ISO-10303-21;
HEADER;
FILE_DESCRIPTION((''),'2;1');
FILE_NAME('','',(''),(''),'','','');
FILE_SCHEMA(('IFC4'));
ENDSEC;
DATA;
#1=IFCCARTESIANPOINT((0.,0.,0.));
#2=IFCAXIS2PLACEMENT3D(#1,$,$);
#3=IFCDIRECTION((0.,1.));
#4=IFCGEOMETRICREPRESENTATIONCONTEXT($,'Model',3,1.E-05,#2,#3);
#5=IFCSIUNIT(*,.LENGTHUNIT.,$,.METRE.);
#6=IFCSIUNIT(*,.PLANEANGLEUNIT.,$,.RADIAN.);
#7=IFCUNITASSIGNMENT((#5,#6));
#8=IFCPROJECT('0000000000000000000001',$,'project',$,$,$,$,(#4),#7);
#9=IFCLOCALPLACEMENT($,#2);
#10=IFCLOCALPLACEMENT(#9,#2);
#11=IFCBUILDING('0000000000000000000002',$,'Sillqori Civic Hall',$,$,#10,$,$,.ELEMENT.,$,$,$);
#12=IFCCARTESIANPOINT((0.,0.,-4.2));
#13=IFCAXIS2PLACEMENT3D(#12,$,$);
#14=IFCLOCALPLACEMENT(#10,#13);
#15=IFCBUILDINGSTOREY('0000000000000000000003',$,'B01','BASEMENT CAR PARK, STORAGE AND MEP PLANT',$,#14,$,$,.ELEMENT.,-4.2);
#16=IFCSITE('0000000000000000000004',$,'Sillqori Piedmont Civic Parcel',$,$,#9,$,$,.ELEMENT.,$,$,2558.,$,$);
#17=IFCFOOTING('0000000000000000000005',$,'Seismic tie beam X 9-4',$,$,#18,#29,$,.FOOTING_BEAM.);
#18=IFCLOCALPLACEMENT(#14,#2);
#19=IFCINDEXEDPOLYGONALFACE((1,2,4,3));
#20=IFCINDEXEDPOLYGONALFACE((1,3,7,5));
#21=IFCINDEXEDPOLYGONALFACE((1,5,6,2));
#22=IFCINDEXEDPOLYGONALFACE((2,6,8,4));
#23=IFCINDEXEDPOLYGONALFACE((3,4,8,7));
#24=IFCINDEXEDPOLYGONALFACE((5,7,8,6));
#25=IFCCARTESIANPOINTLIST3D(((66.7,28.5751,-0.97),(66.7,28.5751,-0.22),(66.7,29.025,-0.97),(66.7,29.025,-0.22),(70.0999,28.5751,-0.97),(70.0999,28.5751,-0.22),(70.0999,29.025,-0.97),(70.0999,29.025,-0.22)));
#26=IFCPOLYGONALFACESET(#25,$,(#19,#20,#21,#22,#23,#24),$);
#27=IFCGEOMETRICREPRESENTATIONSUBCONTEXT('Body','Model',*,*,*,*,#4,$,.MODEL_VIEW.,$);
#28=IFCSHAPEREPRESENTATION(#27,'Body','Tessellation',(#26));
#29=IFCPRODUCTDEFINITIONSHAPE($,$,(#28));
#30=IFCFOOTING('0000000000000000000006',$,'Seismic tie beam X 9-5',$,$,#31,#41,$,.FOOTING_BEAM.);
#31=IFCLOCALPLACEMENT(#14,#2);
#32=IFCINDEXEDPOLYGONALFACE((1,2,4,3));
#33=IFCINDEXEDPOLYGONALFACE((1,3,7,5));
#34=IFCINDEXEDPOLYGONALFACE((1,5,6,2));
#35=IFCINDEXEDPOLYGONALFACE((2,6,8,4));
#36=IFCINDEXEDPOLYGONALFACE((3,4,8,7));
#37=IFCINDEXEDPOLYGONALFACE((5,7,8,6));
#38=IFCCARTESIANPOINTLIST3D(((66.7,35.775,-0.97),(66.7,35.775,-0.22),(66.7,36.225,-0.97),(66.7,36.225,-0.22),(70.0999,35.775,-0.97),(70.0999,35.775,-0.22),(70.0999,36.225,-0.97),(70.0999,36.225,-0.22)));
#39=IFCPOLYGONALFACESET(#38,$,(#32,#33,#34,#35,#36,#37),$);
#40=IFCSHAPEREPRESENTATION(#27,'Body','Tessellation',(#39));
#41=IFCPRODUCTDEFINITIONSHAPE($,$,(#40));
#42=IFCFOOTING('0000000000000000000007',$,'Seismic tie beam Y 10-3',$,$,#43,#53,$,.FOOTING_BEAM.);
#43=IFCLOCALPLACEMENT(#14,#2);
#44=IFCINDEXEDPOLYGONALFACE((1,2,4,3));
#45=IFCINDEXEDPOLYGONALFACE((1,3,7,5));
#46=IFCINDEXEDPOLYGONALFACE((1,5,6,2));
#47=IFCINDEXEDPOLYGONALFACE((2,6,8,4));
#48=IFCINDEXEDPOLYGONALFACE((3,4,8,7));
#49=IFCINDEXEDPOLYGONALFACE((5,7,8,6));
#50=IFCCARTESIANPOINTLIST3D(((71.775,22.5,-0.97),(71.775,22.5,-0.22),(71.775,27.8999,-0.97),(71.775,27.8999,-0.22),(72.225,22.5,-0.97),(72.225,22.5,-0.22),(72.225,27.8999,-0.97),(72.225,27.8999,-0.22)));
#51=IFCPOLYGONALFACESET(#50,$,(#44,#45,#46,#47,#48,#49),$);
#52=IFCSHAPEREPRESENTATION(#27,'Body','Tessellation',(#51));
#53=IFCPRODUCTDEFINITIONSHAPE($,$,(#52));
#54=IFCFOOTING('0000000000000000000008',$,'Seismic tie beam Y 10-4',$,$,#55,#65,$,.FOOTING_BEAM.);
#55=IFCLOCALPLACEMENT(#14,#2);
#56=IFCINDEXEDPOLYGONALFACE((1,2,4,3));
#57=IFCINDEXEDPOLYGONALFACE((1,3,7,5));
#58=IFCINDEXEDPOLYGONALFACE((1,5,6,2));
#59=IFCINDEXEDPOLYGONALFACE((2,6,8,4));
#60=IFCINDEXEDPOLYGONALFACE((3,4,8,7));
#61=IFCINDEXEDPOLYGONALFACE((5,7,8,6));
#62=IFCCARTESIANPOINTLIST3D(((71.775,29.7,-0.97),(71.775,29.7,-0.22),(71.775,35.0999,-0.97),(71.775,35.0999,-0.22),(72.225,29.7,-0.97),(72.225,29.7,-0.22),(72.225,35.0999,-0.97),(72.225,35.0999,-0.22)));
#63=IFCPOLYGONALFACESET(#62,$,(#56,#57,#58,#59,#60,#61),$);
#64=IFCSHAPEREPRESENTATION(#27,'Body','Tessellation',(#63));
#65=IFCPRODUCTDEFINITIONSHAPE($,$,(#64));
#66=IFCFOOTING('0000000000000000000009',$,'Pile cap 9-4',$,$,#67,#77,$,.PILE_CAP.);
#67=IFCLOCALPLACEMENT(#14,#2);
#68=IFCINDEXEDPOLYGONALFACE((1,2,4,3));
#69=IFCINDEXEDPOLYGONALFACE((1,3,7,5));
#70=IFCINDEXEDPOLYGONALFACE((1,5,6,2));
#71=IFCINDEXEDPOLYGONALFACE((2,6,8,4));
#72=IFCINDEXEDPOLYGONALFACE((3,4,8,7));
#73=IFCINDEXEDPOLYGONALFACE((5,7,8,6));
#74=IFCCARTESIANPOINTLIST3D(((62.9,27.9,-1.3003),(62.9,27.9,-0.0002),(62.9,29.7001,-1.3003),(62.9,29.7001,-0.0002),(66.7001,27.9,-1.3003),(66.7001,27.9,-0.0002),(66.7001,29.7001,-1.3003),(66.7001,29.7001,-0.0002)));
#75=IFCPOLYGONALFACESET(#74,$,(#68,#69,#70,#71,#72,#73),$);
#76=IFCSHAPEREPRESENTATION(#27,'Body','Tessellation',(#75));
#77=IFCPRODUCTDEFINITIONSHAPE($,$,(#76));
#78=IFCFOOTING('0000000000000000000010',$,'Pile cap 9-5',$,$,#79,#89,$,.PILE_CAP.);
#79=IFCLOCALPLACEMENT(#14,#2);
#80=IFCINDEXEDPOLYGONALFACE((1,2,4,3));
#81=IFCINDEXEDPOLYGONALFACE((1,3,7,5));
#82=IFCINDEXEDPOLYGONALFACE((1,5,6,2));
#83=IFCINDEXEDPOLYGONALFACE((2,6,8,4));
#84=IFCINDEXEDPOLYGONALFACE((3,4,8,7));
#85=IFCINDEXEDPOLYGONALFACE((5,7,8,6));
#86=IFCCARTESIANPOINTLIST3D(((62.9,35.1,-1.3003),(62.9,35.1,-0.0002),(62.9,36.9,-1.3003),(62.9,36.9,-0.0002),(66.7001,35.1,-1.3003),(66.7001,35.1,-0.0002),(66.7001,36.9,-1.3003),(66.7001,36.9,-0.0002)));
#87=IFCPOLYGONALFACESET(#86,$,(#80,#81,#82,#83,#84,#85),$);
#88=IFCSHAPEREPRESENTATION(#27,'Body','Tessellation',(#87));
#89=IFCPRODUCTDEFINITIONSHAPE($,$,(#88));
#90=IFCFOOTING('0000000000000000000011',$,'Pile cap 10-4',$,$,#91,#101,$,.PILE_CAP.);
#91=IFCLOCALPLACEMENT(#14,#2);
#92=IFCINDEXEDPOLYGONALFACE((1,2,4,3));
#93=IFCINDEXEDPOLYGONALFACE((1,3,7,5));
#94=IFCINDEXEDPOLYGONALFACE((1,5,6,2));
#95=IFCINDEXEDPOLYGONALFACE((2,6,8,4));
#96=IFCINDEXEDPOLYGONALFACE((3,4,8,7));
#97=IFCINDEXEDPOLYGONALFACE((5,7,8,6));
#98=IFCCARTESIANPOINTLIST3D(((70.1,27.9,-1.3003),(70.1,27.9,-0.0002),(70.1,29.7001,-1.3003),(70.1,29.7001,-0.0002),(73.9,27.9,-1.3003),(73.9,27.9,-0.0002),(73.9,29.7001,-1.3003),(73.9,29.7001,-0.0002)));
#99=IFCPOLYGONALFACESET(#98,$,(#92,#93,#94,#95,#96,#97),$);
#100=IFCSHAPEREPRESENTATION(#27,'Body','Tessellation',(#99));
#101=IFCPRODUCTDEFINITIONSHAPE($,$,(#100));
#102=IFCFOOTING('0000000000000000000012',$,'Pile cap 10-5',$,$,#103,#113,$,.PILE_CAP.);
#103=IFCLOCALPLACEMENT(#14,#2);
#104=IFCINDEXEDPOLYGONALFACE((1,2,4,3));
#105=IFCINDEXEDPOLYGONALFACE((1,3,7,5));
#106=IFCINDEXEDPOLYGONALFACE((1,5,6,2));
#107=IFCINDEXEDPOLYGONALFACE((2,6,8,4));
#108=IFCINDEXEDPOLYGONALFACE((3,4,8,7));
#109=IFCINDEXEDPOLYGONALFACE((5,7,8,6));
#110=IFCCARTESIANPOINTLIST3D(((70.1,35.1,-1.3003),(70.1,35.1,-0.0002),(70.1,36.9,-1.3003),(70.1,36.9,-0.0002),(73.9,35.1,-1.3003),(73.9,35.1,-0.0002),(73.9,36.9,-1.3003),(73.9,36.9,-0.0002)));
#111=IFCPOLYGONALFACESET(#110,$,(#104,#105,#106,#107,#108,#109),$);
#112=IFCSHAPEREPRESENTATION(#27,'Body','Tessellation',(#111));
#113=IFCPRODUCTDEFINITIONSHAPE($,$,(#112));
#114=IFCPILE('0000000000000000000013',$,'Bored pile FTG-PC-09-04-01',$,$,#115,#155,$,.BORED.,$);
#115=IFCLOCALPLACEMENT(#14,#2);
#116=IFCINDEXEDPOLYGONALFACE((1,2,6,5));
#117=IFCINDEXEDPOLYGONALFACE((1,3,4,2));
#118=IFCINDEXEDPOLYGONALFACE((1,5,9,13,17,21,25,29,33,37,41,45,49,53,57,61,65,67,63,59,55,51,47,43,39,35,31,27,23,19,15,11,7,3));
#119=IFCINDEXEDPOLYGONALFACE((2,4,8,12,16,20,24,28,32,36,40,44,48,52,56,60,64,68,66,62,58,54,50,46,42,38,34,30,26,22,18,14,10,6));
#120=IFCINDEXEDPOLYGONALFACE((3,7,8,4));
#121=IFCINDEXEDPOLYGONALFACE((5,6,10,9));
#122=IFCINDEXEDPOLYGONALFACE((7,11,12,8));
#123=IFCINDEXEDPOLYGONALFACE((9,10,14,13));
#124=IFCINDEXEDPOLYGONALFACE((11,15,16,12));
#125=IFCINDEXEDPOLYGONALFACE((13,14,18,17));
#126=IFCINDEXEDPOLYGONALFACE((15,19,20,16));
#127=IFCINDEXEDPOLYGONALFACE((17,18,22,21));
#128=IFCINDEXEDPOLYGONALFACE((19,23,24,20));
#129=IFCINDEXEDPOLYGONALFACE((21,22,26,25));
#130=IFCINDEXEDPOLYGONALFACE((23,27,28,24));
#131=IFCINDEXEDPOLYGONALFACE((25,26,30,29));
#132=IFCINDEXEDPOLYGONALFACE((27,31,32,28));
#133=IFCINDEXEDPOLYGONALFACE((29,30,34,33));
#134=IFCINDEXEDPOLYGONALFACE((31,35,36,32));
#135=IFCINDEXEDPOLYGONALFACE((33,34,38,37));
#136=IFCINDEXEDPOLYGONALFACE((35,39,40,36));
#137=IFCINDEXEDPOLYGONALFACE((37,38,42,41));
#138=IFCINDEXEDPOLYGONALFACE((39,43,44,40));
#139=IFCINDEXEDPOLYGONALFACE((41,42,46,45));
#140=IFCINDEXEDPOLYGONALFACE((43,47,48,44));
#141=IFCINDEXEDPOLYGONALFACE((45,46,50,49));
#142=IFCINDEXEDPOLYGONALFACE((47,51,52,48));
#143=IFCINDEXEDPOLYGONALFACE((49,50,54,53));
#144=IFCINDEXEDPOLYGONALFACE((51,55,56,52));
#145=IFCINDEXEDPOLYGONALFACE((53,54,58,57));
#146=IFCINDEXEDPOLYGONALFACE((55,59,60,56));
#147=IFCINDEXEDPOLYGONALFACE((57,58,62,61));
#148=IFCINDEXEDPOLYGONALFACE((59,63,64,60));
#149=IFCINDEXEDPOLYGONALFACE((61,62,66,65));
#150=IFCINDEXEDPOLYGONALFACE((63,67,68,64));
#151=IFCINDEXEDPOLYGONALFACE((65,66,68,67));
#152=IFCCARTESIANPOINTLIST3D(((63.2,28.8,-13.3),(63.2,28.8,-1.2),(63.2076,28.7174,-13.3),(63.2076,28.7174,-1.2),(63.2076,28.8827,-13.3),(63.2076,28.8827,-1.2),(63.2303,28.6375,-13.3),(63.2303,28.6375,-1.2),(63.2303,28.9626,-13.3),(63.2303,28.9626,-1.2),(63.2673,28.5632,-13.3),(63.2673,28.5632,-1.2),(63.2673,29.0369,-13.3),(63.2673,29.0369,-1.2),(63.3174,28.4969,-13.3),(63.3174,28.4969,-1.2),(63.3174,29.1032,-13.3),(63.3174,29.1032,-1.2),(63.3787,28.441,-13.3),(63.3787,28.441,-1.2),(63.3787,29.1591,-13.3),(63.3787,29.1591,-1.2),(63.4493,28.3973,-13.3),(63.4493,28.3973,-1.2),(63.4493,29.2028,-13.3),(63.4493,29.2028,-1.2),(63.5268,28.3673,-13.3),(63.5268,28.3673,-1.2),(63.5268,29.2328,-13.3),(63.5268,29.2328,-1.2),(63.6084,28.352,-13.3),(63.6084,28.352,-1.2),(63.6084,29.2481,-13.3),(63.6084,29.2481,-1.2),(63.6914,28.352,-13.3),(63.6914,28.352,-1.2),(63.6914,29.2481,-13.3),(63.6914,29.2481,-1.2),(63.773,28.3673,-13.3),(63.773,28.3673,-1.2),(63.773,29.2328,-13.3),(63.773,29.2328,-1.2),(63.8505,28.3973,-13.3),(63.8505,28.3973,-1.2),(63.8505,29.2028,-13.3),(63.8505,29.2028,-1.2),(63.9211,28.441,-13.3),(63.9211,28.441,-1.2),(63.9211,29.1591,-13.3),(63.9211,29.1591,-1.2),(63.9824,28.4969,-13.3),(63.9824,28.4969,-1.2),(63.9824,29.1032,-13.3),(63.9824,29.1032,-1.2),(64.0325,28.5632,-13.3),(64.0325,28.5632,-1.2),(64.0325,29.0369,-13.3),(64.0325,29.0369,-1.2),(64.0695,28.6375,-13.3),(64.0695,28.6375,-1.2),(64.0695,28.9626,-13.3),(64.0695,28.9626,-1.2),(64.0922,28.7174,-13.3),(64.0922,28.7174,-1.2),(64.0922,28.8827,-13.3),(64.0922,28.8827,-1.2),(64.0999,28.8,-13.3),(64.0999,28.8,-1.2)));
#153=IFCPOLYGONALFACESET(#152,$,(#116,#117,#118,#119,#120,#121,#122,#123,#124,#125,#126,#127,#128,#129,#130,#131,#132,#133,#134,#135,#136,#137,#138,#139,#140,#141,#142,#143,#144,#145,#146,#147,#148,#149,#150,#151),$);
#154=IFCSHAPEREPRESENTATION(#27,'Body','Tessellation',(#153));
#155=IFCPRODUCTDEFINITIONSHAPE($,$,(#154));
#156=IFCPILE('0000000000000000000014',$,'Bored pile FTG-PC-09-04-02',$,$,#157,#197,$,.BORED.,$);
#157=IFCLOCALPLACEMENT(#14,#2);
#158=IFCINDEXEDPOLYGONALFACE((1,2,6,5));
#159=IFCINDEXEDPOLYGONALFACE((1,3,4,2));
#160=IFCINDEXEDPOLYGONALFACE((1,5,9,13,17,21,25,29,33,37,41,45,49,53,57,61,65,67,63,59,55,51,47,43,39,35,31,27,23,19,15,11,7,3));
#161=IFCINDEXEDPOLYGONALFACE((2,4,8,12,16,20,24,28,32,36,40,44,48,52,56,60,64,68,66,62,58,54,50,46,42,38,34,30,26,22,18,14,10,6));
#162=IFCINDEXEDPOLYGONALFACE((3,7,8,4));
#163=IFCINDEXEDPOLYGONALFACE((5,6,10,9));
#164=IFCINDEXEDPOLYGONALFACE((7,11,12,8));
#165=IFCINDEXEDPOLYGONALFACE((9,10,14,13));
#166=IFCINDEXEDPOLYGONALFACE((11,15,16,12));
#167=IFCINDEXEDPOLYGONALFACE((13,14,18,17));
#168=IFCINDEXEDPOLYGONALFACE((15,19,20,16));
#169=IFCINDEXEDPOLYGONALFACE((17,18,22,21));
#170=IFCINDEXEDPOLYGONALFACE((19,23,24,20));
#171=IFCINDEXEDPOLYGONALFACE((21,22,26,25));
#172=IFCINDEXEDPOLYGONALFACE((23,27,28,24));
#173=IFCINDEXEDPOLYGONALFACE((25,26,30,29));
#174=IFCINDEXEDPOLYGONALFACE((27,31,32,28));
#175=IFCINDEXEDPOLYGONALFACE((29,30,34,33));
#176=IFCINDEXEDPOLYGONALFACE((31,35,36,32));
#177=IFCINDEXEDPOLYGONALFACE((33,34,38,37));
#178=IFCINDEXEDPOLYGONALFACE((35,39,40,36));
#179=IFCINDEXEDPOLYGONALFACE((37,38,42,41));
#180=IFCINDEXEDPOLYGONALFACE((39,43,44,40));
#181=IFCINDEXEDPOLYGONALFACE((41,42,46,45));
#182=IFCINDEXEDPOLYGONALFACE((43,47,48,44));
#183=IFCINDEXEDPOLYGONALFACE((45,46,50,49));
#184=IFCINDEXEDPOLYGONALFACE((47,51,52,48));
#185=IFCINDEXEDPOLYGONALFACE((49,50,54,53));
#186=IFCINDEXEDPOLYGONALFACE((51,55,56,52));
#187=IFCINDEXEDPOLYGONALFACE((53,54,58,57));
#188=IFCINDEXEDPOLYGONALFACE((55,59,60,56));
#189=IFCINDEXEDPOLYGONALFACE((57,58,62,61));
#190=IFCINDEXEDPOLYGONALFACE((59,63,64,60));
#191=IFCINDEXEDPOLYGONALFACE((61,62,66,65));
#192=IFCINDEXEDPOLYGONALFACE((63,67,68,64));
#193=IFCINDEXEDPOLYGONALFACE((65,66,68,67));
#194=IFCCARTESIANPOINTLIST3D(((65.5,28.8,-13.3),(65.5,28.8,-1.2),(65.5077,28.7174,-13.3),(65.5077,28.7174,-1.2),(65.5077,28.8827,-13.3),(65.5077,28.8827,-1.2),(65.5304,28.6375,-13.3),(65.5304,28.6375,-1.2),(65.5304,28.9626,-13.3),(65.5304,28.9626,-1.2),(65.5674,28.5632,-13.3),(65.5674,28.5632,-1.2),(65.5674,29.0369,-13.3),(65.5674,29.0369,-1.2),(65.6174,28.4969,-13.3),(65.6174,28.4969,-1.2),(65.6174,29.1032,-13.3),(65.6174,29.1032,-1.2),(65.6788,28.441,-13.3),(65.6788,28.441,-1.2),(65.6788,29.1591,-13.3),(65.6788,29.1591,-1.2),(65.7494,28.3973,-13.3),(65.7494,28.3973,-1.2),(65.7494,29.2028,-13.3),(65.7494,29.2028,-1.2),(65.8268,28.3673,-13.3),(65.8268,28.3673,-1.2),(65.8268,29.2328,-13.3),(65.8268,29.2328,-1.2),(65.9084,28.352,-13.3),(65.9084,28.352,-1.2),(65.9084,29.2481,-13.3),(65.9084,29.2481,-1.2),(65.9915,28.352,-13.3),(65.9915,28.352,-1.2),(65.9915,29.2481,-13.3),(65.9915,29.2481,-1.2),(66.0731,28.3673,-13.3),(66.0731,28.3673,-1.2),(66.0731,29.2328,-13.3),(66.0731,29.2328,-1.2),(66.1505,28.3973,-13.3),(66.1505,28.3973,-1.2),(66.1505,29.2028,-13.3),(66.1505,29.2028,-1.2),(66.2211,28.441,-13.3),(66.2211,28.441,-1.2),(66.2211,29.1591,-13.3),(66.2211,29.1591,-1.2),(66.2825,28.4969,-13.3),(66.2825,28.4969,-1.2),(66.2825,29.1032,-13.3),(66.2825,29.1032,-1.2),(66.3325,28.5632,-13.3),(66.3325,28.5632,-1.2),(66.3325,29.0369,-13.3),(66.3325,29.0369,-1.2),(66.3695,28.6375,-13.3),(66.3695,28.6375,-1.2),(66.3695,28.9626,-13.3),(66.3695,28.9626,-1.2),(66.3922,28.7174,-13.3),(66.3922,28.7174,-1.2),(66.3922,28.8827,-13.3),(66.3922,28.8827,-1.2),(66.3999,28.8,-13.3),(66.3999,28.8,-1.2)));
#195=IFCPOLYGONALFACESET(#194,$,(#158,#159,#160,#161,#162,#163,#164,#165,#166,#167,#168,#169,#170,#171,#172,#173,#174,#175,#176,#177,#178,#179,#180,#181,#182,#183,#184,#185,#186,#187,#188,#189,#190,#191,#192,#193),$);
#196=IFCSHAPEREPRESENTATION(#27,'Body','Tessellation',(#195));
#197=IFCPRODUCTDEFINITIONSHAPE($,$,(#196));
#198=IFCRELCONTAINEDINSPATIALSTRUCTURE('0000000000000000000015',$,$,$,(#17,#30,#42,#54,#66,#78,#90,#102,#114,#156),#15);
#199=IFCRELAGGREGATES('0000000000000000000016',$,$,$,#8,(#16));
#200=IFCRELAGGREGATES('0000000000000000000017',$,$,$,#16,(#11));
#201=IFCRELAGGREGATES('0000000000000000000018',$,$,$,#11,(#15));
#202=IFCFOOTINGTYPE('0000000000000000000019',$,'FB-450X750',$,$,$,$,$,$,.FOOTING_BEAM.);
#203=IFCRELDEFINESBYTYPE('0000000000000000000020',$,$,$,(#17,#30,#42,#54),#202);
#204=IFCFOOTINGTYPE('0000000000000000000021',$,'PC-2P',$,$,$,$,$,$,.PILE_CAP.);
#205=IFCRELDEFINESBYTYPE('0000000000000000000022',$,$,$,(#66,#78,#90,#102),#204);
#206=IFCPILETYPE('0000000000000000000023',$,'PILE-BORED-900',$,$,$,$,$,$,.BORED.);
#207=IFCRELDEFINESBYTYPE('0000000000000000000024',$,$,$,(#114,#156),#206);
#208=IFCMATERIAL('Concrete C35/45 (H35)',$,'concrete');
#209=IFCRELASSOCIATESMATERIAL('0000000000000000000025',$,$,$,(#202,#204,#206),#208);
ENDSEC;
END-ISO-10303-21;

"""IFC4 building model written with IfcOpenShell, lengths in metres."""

from ifc_helpers import new_model, si_unit, direction, frame, origin, origin_2d, place, context, subcontext, project, spatial, rectangle, circle, extrude, material, material_profile, profile_set, type_object, element, save


model = new_model("IFC4")

# Units and contexts
model_context = context("Model", 3, precision=1e-05, world=origin(), true_north=direction((0.0, 1.0)))
body_context = subcontext(model_context, "Body", "Model", "MODEL_VIEW")
ifc_project = project(units=[si_unit("LENGTHUNIT", "METRE"), si_unit("PLANEANGLEUNIT", "RADIAN")], contexts=[model_context])

# Site, building, storey
site_placement = place(None, origin())
site = spatial("IfcSite", under=ifc_project, at=site_placement, Name="Sillqori Piedmont Civic Parcel", CompositionType="ELEMENT", RefElevation=2558.0)
building_placement = place(site_placement, origin())
building = spatial("IfcBuilding", under=site, at=building_placement, Name="Sillqori Civic Hall", CompositionType="ELEMENT")
storey_placement = place(building_placement, frame((0.0, 0.0, -4.2)))
storey = spatial("IfcBuildingStorey", under=building, at=storey_placement, Name="B01", Description="BASEMENT CAR PARK, STORAGE AND MEP PLANT", CompositionType="ELEMENT", Elevation=-4.2)

# Footings
ifc_material = material(Name="Concrete C35/45 (H35)", Category="concrete")
footing_type_1 = type_object("IfcFootingType", Name="FB-450X750", PredefinedType="FOOTING_BEAM", material=ifc_material)
for number, where, z_axis, x_axis, name in (
    (1, (68.3999, 28.8, -0.97), (0.0, 0.0, 1.0), (1.0, 0.0, 0.0), "Seismic tie beam X 9-4"),
    (2, (68.3999, 36.0, -0.97), (0.0, 0.0, 1.0), (1.0, 0.0, 0.0), "Seismic tie beam X 9-5"),
):
    element("IfcFooting", number, at=place(storey_placement, frame(where, z_axis=z_axis, x_axis=x_axis)), inside=storey, type_object=footing_type_1, Name=name, PredefinedType="FOOTING_BEAM", context=body_context, shape_type="SweptSolid", body=[
        extrude(rectangle(XDim=3.3999, YDim=0.45, at=origin_2d()), origin(), (0.0, 0.0, 1.0), 0.75),
    ])
for number, where, z_axis, x_axis, name in (
    (3, (72.0, 25.2, -0.97), (0.0, 0.0, 1.0), (1.0, 0.0, 0.0), "Seismic tie beam Y 10-3"),
    (4, (72.0, 32.3999, -0.97), (0.0, 0.0, 1.0), (1.0, 0.0, 0.0), "Seismic tie beam Y 10-4"),
):
    element("IfcFooting", number, at=place(storey_placement, frame(where, z_axis=z_axis, x_axis=x_axis)), inside=storey, type_object=footing_type_1, Name=name, PredefinedType="FOOTING_BEAM", context=body_context, shape_type="SweptSolid", body=[
        extrude(rectangle(XDim=0.45, YDim=5.3999, at=origin_2d()), origin(), (0.0, 0.0, 1.0), 0.75),
    ])
footing_type_2 = type_object("IfcFootingType", Name="PC-2P", PredefinedType="PILE_CAP", material=ifc_material)
for number, where, z_axis, x_axis, name in (
    (5, (64.8, 28.8, -1.3003), (0.0, 0.0, 1.0), (1.0, 0.0, 0.0), "Pile cap 9-4"),
    (6, (64.8, 36.0, -1.3003), (0.0, 0.0, 1.0), (1.0, 0.0, 0.0), "Pile cap 9-5"),
    (7, (72.0, 28.8, -1.3003), (0.0, 0.0, 1.0), (1.0, 0.0, 0.0), "Pile cap 10-4"),
    (8, (72.0, 36.0, -1.3003), (0.0, 0.0, 1.0), (1.0, 0.0, 0.0), "Pile cap 10-5"),
):
    element("IfcFooting", number, at=place(storey_placement, frame(where, z_axis=z_axis, x_axis=x_axis)), inside=storey, type_object=footing_type_2, Name=name, PredefinedType="PILE_CAP", context=body_context, shape_type="SweptSolid", body=[
        extrude(rectangle(XDim=3.8, YDim=1.8, at=origin_2d()), origin(), (0.0, 0.0, 1.0), 1.3),
    ])

# Piles
ifc_material_profile_1 = material_profile(ifc_material, circle(Radius=0.45, at=origin_2d()), Name="BORED PILE 900")
ifc_profile_set_1 = profile_set([ifc_material_profile_1], Name="Concrete C35/45 (H35)")
pile_type = type_object("IfcPileType", Name="PILE-BORED-900", PredefinedType="BORED", material=ifc_profile_set_1)
for number, where, z_axis, x_axis, name in (
    (9, (63.6499, 28.8, -1.2), (0.0, 0.0, -1.0), (1.0, 0.0, 0.0), "Bored pile FTG-PC-09-04-01"),
    (10, (65.95, 28.8, -1.2), (0.0, 0.0, -1.0), (1.0, 0.0, 0.0), "Bored pile FTG-PC-09-04-02"),
):
    element("IfcPile", number, at=place(storey_placement, frame(where, z_axis=z_axis, x_axis=x_axis)), inside=storey, type_object=pile_type, Name=name, PredefinedType="BORED", context=body_context, shape_type="SweptSolid", body=[
        extrude(circle(Radius=0.45, at=origin_2d()), origin(), (0.0, 0.0, 1.0), 12.1001),
    ])

save(model, "model.ifc")
